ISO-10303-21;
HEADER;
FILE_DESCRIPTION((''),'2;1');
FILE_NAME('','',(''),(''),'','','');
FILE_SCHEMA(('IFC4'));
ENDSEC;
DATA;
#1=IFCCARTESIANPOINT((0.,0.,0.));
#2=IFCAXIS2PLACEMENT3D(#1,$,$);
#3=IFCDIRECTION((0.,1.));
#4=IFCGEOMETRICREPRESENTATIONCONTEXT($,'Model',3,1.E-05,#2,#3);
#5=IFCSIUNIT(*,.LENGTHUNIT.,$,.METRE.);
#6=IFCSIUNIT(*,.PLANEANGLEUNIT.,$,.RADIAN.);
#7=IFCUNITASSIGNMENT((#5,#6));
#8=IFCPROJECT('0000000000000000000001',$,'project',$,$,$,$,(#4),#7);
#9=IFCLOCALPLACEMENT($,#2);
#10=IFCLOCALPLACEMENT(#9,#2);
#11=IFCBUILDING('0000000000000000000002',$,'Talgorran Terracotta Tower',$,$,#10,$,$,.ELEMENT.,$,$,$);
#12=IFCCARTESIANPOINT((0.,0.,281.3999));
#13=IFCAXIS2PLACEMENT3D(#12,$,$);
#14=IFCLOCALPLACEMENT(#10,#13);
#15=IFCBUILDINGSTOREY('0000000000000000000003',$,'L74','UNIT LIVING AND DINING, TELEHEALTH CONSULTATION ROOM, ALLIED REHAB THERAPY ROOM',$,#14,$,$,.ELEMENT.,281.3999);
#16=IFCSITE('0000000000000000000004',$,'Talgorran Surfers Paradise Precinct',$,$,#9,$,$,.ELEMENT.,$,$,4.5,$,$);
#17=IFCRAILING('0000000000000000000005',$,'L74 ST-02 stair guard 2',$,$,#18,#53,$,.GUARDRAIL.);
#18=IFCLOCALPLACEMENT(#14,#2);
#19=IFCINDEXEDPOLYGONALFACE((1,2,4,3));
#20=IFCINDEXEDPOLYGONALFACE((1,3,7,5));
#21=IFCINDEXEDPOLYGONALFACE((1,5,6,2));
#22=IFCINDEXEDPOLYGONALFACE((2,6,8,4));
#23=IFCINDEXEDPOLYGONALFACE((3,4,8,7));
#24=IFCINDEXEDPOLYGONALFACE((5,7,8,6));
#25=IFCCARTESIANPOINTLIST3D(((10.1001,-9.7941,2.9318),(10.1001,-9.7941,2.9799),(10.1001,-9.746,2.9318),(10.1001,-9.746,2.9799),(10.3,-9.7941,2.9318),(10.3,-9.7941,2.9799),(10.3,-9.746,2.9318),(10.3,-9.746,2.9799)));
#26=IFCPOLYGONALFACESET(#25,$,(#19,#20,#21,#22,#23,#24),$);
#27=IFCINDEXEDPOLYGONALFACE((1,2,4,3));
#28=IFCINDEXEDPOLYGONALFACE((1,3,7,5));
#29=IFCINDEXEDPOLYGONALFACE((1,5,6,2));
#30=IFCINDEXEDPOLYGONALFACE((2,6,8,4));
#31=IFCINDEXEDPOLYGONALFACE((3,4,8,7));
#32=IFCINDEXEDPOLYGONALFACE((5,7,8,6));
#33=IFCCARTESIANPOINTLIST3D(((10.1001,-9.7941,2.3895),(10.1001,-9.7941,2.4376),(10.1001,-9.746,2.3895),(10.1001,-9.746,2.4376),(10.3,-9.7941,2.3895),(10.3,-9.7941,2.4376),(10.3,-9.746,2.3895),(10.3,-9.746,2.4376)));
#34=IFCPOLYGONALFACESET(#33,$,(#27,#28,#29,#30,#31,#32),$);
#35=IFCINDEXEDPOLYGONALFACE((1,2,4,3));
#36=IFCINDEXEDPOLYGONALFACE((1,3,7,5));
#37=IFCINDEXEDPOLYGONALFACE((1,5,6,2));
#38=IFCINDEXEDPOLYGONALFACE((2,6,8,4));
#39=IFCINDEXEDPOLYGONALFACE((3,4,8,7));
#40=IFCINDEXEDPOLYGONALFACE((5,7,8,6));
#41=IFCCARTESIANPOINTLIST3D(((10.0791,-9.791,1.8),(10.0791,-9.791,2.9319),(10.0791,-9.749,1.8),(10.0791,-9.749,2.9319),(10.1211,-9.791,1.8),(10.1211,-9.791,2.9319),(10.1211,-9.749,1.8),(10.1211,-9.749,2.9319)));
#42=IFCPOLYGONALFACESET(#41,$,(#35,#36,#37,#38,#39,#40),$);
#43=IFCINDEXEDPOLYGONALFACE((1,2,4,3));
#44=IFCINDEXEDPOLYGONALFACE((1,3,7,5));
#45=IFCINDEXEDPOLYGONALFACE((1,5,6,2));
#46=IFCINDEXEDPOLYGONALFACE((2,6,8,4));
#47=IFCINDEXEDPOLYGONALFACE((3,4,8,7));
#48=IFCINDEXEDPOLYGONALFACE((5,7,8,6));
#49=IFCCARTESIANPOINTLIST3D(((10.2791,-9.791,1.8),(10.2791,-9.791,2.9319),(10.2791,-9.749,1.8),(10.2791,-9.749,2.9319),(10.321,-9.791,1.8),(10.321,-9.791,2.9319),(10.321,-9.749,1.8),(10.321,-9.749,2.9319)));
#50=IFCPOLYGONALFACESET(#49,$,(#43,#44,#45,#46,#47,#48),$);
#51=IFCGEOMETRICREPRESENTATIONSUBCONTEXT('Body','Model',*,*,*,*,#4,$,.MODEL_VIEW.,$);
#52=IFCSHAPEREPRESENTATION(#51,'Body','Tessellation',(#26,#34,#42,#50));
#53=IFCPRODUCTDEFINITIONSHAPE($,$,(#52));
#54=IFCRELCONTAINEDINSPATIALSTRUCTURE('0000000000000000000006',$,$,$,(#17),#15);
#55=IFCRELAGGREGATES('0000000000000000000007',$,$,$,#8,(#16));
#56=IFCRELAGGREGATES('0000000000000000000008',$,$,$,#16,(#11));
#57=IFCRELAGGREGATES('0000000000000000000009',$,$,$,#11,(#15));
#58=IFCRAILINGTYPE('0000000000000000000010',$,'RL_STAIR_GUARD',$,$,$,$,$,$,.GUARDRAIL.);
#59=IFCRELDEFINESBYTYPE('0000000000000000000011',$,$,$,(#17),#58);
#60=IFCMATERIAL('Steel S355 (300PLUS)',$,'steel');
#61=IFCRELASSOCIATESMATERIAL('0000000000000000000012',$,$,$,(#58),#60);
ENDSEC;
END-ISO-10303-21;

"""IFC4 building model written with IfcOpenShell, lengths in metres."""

from ifc_helpers import new_model, si_unit, direction, frame, origin, origin_2d, place, context, subcontext, project, spatial, rectangle, extrude, material, type_object, element, save


model = new_model("IFC4")

# Units and contexts
model_context = context("Model", 3, precision=1e-05, world=origin(), true_north=direction((0.0, 1.0)))
body_context = subcontext(model_context, "Body", "Model", "MODEL_VIEW")
ifc_project = project(units=[si_unit("LENGTHUNIT", "METRE"), si_unit("PLANEANGLEUNIT", "RADIAN")], contexts=[model_context])

# Site, building, storey
site_placement = place(None, origin())
site = spatial("IfcSite", under=ifc_project, at=site_placement, Name="Talgorran Surfers Paradise Precinct", CompositionType="ELEMENT", RefElevation=4.5)
building_placement = place(site_placement, origin())
building = spatial("IfcBuilding", under=site, at=building_placement, Name="Talgorran Terracotta Tower", CompositionType="ELEMENT")
storey_placement = place(building_placement, frame((0.0, 0.0, 281.3999)))
storey = spatial("IfcBuildingStorey", under=building, at=storey_placement, Name="L74", Description="UNIT LIVING AND DINING, TELEHEALTH CONSULTATION ROOM, ALLIED REHAB THERAPY ROOM", CompositionType="ELEMENT", Elevation=281.3999)

# Railing
ifc_material_1 = material(Name="Steel S355 (300PLUS)", Category="steel")
railing_type = type_object("IfcRailingType", Name="RL_STAIR_GUARD", PredefinedType="GUARDRAIL", material=ifc_material_1)
railing_placement = place(storey_placement, frame((10.1001, -9.77, 1.8)))
element("IfcRailing", 1, at=railing_placement, inside=storey, type_object=railing_type, Name="L74 ST-02 stair guard 2", PredefinedType="GUARDRAIL", context=body_context, shape_type="SweptSolid", body=[
    extrude(rectangle(XDim=0.0481, YDim=0.0481, at=origin_2d()), frame((0.0, 0.0, 1.1558), z_axis=(1.0, 0.0, 0.0), x_axis=(0.0, 1.0, 0.0)), (0.0, 0.0, 1.0), 0.2),
    extrude(rectangle(XDim=0.0481, YDim=0.0481, at=origin_2d()), frame((0.0, 0.0, 0.6135), z_axis=(1.0, 0.0, 0.0), x_axis=(0.0, 1.0, 0.0)), (0.0, 0.0, 1.0), 0.2),
    extrude(rectangle(XDim=0.042, YDim=0.042, at=origin_2d()), origin(), (0.0, 0.0, 1.0), 1.1318),
    extrude(rectangle(XDim=0.042, YDim=0.042, at=origin_2d()), frame((0.2, 0.0, 0.0)), (0.0, 0.0, 1.0), 1.1318),
])

save(model, "model.ifc")
